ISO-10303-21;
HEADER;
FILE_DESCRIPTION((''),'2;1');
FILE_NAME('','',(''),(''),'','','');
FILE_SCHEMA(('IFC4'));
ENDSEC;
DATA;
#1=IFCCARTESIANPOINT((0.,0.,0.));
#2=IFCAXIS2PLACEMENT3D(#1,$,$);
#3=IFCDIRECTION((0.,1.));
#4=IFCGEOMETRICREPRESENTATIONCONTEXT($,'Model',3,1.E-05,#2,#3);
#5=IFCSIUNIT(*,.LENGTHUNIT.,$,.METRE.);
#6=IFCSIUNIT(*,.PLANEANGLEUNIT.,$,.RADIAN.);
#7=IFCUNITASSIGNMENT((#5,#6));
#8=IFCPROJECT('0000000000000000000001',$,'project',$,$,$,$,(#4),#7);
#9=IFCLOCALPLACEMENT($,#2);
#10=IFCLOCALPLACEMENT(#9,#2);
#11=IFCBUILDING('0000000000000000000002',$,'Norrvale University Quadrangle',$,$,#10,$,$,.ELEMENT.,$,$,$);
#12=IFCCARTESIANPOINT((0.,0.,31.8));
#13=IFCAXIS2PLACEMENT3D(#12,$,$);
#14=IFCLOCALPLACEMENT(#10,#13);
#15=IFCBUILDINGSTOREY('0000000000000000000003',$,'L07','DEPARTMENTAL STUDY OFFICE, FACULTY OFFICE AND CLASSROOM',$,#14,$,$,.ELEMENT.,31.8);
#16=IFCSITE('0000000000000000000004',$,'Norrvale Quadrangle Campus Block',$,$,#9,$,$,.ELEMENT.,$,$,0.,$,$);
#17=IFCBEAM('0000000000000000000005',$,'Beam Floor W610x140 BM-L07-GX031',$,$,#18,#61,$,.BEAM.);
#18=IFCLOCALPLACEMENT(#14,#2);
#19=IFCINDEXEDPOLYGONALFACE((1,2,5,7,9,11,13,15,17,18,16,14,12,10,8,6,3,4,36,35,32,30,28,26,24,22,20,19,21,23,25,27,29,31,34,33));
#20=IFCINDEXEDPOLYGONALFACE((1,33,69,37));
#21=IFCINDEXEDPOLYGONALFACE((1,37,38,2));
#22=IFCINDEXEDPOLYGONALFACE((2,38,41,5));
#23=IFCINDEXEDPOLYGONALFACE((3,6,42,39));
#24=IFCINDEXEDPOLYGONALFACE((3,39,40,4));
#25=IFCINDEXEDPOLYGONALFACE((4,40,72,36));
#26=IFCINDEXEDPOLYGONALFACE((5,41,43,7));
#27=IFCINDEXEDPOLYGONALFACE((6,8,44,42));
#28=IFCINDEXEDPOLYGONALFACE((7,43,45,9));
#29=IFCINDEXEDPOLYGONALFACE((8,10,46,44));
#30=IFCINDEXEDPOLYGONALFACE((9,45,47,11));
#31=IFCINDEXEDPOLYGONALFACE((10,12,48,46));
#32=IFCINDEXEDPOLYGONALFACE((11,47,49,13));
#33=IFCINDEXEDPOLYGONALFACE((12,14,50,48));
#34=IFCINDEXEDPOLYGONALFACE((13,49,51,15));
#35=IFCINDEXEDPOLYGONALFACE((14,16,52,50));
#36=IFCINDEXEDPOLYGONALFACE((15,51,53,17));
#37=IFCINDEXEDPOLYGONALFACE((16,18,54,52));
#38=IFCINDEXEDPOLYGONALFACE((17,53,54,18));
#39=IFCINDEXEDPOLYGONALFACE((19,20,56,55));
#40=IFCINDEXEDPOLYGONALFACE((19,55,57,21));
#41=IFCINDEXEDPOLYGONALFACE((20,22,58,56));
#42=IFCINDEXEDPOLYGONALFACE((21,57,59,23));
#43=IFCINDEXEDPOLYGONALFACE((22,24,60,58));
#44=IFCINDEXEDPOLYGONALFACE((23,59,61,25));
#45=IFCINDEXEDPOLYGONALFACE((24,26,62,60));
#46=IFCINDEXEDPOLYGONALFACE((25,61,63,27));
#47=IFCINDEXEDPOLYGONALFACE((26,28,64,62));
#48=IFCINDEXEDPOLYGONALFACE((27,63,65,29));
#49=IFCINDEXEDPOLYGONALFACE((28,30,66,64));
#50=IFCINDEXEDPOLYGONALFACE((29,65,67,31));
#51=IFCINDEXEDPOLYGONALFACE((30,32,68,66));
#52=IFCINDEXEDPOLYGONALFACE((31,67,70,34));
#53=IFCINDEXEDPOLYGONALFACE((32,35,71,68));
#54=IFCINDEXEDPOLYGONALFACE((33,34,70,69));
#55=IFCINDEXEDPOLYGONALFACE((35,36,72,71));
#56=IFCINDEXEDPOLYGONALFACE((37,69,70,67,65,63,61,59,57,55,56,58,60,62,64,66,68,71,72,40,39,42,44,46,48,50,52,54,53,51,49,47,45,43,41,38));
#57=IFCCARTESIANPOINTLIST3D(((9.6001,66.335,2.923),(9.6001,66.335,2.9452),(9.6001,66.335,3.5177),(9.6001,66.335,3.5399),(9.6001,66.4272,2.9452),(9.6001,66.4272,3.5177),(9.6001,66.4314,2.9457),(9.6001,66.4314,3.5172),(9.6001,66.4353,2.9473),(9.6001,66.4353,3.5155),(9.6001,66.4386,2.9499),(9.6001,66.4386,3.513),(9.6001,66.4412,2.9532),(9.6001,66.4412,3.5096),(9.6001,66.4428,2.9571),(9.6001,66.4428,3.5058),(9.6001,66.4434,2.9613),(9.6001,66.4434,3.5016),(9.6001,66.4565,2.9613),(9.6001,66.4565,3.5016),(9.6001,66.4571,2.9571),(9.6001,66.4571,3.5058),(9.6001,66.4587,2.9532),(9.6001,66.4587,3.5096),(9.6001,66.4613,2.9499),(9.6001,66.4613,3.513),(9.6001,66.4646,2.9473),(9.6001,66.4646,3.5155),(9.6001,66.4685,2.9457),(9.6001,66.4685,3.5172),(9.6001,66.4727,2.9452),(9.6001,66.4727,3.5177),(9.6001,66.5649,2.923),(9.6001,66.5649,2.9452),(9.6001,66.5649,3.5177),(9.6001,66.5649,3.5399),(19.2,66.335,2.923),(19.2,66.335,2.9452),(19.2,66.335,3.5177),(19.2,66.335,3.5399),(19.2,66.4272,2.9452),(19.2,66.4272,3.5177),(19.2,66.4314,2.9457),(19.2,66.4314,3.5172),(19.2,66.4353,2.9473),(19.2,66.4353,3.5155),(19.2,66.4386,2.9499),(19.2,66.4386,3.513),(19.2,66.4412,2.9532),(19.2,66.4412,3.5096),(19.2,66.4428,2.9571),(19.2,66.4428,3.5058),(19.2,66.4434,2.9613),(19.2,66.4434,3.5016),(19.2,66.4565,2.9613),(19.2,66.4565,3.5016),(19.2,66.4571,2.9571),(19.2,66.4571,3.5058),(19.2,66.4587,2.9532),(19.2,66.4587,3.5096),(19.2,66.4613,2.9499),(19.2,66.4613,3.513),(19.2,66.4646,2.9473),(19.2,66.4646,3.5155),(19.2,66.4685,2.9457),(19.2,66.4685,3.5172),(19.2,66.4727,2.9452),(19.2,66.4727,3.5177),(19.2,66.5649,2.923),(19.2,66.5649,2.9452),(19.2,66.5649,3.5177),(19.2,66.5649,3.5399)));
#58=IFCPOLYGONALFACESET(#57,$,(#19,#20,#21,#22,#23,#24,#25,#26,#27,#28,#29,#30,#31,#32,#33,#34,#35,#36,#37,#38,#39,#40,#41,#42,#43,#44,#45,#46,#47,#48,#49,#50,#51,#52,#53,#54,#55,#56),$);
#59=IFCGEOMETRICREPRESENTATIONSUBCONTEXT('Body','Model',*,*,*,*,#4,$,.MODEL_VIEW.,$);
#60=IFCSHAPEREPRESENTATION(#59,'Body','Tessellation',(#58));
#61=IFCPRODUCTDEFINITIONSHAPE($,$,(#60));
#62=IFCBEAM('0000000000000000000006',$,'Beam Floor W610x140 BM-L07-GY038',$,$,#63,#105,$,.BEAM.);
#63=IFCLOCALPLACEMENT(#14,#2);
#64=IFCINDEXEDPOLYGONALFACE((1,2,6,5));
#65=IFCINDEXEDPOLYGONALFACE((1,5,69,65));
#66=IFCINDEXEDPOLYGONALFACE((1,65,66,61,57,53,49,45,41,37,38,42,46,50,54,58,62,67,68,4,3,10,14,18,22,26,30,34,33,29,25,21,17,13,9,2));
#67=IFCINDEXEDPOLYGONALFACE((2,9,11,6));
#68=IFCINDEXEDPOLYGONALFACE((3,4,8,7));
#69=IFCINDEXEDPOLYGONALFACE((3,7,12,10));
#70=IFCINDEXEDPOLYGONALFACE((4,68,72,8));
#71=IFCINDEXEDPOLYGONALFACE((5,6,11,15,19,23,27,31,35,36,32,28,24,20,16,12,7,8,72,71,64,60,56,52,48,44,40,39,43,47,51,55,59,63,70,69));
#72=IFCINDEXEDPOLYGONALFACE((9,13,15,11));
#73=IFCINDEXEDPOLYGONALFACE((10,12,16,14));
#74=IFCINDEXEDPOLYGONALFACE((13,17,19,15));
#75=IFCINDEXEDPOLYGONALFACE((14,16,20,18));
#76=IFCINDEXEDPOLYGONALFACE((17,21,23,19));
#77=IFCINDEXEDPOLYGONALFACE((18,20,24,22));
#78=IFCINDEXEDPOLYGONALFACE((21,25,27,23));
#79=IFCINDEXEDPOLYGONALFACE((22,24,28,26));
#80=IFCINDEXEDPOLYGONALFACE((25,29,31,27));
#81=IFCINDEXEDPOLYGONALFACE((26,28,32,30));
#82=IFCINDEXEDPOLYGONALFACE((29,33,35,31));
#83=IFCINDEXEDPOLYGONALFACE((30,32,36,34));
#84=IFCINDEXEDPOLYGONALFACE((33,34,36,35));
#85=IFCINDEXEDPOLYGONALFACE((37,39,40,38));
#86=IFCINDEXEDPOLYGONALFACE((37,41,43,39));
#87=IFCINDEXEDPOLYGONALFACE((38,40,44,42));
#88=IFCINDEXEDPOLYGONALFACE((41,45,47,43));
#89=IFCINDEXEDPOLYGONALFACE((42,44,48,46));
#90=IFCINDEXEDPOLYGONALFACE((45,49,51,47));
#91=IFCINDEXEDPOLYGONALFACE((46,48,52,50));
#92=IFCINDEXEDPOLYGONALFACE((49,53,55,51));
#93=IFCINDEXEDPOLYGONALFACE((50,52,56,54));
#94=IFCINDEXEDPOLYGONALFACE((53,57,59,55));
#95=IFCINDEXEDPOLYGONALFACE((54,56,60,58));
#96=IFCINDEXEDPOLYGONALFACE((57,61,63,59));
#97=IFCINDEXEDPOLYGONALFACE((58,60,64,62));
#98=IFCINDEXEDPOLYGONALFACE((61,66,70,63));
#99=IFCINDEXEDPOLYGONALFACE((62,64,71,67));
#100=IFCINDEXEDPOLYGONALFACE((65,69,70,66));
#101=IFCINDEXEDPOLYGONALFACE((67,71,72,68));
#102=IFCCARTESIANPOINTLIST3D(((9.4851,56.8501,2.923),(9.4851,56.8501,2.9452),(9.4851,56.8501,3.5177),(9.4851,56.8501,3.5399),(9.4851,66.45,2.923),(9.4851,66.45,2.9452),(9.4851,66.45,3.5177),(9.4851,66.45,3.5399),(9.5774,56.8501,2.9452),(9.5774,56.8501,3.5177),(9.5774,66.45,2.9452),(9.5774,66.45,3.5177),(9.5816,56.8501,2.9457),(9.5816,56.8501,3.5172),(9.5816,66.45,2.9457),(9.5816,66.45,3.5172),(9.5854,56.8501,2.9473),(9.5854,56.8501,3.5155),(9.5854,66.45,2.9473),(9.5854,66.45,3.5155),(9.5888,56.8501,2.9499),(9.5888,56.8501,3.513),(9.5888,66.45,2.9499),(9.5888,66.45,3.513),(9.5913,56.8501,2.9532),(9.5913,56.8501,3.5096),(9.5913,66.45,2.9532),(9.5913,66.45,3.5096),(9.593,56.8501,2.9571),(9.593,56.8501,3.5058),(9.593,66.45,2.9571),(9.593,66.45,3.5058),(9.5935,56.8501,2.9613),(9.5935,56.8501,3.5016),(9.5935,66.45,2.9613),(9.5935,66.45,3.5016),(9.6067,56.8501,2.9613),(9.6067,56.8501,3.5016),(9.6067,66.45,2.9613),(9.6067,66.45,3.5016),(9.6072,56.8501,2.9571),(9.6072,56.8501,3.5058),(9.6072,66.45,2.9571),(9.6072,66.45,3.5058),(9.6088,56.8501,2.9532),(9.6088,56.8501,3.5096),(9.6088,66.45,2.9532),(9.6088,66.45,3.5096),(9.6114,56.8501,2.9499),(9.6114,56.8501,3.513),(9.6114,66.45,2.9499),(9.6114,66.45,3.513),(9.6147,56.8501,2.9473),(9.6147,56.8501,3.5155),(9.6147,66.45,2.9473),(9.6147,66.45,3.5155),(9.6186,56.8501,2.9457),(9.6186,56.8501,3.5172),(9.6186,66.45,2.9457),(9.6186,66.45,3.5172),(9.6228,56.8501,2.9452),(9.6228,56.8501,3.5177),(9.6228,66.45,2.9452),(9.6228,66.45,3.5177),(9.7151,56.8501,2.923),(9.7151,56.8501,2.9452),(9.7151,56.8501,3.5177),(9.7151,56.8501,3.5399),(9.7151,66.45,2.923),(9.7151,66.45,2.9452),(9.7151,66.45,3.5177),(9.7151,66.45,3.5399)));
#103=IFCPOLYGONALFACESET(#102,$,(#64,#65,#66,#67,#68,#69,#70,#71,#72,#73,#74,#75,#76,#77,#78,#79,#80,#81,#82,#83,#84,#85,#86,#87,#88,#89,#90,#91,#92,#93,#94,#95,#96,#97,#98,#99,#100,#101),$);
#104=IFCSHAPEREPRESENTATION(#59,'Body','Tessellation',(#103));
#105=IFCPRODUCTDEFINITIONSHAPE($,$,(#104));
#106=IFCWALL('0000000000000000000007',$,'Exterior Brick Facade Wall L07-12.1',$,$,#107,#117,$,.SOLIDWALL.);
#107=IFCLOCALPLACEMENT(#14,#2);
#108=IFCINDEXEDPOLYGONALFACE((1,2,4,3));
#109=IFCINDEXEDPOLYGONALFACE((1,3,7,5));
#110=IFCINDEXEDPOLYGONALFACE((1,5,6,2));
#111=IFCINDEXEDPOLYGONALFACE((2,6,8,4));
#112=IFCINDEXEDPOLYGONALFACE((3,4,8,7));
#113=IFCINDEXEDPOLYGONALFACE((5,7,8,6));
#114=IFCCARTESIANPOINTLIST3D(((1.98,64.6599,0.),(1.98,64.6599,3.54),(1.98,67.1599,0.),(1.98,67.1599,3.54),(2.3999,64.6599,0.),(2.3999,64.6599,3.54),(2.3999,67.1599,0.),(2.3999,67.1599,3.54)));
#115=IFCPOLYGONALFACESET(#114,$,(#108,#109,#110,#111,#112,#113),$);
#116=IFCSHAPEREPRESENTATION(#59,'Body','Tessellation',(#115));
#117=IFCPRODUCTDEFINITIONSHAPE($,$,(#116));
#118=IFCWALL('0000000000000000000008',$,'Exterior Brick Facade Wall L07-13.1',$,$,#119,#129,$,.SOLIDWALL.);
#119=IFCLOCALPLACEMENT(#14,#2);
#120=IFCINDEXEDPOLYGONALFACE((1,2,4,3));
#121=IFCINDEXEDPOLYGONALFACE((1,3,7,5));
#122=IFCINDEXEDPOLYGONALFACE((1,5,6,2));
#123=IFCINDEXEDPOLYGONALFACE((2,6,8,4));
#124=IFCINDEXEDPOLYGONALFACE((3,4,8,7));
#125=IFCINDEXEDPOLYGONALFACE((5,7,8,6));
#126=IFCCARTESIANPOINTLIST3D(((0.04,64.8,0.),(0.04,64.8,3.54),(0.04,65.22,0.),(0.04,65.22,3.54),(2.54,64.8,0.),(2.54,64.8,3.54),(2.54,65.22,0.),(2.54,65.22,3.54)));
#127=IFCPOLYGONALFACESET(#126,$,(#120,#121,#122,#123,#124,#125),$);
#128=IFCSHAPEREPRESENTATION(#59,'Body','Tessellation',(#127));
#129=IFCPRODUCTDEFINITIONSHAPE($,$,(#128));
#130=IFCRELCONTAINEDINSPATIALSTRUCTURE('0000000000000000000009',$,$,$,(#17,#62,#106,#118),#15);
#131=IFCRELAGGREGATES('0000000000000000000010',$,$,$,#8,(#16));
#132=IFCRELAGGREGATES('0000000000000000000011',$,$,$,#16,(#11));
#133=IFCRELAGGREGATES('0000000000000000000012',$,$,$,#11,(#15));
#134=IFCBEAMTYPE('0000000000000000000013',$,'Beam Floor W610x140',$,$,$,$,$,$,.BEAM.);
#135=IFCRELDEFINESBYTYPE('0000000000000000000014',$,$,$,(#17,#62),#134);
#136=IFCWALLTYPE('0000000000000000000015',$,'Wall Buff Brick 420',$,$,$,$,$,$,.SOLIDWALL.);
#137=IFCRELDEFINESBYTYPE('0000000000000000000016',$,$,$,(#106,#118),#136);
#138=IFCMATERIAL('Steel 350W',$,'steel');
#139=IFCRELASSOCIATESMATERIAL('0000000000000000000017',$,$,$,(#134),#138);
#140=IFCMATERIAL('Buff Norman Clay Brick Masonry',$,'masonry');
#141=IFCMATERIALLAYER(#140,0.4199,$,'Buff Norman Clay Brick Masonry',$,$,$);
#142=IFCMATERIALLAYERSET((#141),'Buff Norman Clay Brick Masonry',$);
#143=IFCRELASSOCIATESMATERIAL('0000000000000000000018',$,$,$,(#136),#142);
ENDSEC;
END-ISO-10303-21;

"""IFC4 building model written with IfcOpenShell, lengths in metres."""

from ifc_helpers import new_model, si_unit, direction, frame, frame_2d, origin, origin_2d, place, context, subcontext, project, spatial, rectangle, i_section, extrude, material, layer, layer_set, material_profile, profile_set, type_object, element, save


model = new_model("IFC4")

# Units and contexts
model_context = context("Model", 3, precision=1e-05, world=origin(), true_north=direction((0.0, 1.0)))
body_context = subcontext(model_context, "Body", "Model", "MODEL_VIEW")
ifc_project = project(units=[si_unit("LENGTHUNIT", "METRE"), si_unit("PLANEANGLEUNIT", "RADIAN")], contexts=[model_context])

# Site, building, storey
site_placement = place(None, origin())
site = spatial("IfcSite", under=ifc_project, at=site_placement, Name="Norrvale Quadrangle Campus Block", CompositionType="ELEMENT", RefElevation=0.0)
building_placement = place(site_placement, origin())
building = spatial("IfcBuilding", under=site, at=building_placement, Name="Norrvale University Quadrangle", CompositionType="ELEMENT")
storey_placement = place(building_placement, frame((0.0, 0.0, 31.8)))
storey = spatial("IfcBuildingStorey", under=building, at=storey_placement, Name="L07", Description="DEPARTMENTAL STUDY OFFICE, FACULTY OFFICE AND CLASSROOM", CompositionType="ELEMENT", Elevation=31.8)

# Beams
ifc_material_1 = material(Name="Steel 350W", Category="steel")
ifc_material_profile_1 = material_profile(ifc_material_1, i_section(OverallWidth=0.23, OverallDepth=0.6169, WebThickness=0.0132, FlangeThickness=0.0222, FilletRadius=0.0161, at=origin_2d()), Name="Steel 350W")
ifc_profile_set_1 = profile_set([ifc_material_profile_1], Name="Steel 350W")
beam_type_1 = type_object("IfcBeamType", Name="Beam Floor W610x140", PredefinedType="BEAM", material=ifc_profile_set_1)
for number, where, z_axis, x_axis, name in (
    (1, (9.6001, 66.45, 3.2314), (1.0, 0.0, 0.0), (0.0, 1.0, 0.0), "Beam Floor W610x140 BM-L07-GX031"),
    (2, (9.6001, 56.8501, 3.2314), (0.0, 1.0, 0.0), (-1.0, 0.0, 0.0), "Beam Floor W610x140 BM-L07-GY038"),
):
    element("IfcBeam", number, at=place(storey_placement, frame(where, z_axis=z_axis, x_axis=x_axis)), inside=storey, type_object=beam_type_1, Name=name, PredefinedType="BEAM", context=body_context, shape_type="SweptSolid", body=[
        extrude(i_section(OverallWidth=0.23, OverallDepth=0.6169, WebThickness=0.0132, FlangeThickness=0.0222, FilletRadius=0.0161, at=origin_2d()), origin(), (0.0, 0.0, 1.0), 9.5999),
    ])

# Walls
ifc_material_2 = material(Name="Buff Norman Clay Brick Masonry", Category="masonry")
ifc_layer = layer(ifc_material_2, 0.4199, Name="Buff Norman Clay Brick Masonry")
ifc_layer_set = layer_set([ifc_layer], Name="Buff Norman Clay Brick Masonry")
wall_type = type_object("IfcWallType", Name="Wall Buff Brick 420", PredefinedType="SOLIDWALL", material=ifc_layer_set)
for number, where, z_axis, x_axis, name in (
    (3, (2.1899, 67.1599, 0.0), (0.0, 0.0, 1.0), (0.0, -1.0, 0.0), "Exterior Brick Facade Wall L07-12.1"),
    (4, (2.54, 65.01, 0.0), (0.0, 0.0, 1.0), (-1.0, 0.0, 0.0), "Exterior Brick Facade Wall L07-13.1"),
):
    element("IfcWall", number, at=place(storey_placement, frame(where, z_axis=z_axis, x_axis=x_axis)), inside=storey, type_object=wall_type, Name=name, PredefinedType="SOLIDWALL", context=body_context, shape_type="SweptSolid", body=[
        extrude(rectangle(XDim=2.5, YDim=0.4199, at=frame_2d((1.25, 0.0))), origin(), (0.0, 0.0, 1.0), 3.54),
    ])

save(model, "model.ifc")
